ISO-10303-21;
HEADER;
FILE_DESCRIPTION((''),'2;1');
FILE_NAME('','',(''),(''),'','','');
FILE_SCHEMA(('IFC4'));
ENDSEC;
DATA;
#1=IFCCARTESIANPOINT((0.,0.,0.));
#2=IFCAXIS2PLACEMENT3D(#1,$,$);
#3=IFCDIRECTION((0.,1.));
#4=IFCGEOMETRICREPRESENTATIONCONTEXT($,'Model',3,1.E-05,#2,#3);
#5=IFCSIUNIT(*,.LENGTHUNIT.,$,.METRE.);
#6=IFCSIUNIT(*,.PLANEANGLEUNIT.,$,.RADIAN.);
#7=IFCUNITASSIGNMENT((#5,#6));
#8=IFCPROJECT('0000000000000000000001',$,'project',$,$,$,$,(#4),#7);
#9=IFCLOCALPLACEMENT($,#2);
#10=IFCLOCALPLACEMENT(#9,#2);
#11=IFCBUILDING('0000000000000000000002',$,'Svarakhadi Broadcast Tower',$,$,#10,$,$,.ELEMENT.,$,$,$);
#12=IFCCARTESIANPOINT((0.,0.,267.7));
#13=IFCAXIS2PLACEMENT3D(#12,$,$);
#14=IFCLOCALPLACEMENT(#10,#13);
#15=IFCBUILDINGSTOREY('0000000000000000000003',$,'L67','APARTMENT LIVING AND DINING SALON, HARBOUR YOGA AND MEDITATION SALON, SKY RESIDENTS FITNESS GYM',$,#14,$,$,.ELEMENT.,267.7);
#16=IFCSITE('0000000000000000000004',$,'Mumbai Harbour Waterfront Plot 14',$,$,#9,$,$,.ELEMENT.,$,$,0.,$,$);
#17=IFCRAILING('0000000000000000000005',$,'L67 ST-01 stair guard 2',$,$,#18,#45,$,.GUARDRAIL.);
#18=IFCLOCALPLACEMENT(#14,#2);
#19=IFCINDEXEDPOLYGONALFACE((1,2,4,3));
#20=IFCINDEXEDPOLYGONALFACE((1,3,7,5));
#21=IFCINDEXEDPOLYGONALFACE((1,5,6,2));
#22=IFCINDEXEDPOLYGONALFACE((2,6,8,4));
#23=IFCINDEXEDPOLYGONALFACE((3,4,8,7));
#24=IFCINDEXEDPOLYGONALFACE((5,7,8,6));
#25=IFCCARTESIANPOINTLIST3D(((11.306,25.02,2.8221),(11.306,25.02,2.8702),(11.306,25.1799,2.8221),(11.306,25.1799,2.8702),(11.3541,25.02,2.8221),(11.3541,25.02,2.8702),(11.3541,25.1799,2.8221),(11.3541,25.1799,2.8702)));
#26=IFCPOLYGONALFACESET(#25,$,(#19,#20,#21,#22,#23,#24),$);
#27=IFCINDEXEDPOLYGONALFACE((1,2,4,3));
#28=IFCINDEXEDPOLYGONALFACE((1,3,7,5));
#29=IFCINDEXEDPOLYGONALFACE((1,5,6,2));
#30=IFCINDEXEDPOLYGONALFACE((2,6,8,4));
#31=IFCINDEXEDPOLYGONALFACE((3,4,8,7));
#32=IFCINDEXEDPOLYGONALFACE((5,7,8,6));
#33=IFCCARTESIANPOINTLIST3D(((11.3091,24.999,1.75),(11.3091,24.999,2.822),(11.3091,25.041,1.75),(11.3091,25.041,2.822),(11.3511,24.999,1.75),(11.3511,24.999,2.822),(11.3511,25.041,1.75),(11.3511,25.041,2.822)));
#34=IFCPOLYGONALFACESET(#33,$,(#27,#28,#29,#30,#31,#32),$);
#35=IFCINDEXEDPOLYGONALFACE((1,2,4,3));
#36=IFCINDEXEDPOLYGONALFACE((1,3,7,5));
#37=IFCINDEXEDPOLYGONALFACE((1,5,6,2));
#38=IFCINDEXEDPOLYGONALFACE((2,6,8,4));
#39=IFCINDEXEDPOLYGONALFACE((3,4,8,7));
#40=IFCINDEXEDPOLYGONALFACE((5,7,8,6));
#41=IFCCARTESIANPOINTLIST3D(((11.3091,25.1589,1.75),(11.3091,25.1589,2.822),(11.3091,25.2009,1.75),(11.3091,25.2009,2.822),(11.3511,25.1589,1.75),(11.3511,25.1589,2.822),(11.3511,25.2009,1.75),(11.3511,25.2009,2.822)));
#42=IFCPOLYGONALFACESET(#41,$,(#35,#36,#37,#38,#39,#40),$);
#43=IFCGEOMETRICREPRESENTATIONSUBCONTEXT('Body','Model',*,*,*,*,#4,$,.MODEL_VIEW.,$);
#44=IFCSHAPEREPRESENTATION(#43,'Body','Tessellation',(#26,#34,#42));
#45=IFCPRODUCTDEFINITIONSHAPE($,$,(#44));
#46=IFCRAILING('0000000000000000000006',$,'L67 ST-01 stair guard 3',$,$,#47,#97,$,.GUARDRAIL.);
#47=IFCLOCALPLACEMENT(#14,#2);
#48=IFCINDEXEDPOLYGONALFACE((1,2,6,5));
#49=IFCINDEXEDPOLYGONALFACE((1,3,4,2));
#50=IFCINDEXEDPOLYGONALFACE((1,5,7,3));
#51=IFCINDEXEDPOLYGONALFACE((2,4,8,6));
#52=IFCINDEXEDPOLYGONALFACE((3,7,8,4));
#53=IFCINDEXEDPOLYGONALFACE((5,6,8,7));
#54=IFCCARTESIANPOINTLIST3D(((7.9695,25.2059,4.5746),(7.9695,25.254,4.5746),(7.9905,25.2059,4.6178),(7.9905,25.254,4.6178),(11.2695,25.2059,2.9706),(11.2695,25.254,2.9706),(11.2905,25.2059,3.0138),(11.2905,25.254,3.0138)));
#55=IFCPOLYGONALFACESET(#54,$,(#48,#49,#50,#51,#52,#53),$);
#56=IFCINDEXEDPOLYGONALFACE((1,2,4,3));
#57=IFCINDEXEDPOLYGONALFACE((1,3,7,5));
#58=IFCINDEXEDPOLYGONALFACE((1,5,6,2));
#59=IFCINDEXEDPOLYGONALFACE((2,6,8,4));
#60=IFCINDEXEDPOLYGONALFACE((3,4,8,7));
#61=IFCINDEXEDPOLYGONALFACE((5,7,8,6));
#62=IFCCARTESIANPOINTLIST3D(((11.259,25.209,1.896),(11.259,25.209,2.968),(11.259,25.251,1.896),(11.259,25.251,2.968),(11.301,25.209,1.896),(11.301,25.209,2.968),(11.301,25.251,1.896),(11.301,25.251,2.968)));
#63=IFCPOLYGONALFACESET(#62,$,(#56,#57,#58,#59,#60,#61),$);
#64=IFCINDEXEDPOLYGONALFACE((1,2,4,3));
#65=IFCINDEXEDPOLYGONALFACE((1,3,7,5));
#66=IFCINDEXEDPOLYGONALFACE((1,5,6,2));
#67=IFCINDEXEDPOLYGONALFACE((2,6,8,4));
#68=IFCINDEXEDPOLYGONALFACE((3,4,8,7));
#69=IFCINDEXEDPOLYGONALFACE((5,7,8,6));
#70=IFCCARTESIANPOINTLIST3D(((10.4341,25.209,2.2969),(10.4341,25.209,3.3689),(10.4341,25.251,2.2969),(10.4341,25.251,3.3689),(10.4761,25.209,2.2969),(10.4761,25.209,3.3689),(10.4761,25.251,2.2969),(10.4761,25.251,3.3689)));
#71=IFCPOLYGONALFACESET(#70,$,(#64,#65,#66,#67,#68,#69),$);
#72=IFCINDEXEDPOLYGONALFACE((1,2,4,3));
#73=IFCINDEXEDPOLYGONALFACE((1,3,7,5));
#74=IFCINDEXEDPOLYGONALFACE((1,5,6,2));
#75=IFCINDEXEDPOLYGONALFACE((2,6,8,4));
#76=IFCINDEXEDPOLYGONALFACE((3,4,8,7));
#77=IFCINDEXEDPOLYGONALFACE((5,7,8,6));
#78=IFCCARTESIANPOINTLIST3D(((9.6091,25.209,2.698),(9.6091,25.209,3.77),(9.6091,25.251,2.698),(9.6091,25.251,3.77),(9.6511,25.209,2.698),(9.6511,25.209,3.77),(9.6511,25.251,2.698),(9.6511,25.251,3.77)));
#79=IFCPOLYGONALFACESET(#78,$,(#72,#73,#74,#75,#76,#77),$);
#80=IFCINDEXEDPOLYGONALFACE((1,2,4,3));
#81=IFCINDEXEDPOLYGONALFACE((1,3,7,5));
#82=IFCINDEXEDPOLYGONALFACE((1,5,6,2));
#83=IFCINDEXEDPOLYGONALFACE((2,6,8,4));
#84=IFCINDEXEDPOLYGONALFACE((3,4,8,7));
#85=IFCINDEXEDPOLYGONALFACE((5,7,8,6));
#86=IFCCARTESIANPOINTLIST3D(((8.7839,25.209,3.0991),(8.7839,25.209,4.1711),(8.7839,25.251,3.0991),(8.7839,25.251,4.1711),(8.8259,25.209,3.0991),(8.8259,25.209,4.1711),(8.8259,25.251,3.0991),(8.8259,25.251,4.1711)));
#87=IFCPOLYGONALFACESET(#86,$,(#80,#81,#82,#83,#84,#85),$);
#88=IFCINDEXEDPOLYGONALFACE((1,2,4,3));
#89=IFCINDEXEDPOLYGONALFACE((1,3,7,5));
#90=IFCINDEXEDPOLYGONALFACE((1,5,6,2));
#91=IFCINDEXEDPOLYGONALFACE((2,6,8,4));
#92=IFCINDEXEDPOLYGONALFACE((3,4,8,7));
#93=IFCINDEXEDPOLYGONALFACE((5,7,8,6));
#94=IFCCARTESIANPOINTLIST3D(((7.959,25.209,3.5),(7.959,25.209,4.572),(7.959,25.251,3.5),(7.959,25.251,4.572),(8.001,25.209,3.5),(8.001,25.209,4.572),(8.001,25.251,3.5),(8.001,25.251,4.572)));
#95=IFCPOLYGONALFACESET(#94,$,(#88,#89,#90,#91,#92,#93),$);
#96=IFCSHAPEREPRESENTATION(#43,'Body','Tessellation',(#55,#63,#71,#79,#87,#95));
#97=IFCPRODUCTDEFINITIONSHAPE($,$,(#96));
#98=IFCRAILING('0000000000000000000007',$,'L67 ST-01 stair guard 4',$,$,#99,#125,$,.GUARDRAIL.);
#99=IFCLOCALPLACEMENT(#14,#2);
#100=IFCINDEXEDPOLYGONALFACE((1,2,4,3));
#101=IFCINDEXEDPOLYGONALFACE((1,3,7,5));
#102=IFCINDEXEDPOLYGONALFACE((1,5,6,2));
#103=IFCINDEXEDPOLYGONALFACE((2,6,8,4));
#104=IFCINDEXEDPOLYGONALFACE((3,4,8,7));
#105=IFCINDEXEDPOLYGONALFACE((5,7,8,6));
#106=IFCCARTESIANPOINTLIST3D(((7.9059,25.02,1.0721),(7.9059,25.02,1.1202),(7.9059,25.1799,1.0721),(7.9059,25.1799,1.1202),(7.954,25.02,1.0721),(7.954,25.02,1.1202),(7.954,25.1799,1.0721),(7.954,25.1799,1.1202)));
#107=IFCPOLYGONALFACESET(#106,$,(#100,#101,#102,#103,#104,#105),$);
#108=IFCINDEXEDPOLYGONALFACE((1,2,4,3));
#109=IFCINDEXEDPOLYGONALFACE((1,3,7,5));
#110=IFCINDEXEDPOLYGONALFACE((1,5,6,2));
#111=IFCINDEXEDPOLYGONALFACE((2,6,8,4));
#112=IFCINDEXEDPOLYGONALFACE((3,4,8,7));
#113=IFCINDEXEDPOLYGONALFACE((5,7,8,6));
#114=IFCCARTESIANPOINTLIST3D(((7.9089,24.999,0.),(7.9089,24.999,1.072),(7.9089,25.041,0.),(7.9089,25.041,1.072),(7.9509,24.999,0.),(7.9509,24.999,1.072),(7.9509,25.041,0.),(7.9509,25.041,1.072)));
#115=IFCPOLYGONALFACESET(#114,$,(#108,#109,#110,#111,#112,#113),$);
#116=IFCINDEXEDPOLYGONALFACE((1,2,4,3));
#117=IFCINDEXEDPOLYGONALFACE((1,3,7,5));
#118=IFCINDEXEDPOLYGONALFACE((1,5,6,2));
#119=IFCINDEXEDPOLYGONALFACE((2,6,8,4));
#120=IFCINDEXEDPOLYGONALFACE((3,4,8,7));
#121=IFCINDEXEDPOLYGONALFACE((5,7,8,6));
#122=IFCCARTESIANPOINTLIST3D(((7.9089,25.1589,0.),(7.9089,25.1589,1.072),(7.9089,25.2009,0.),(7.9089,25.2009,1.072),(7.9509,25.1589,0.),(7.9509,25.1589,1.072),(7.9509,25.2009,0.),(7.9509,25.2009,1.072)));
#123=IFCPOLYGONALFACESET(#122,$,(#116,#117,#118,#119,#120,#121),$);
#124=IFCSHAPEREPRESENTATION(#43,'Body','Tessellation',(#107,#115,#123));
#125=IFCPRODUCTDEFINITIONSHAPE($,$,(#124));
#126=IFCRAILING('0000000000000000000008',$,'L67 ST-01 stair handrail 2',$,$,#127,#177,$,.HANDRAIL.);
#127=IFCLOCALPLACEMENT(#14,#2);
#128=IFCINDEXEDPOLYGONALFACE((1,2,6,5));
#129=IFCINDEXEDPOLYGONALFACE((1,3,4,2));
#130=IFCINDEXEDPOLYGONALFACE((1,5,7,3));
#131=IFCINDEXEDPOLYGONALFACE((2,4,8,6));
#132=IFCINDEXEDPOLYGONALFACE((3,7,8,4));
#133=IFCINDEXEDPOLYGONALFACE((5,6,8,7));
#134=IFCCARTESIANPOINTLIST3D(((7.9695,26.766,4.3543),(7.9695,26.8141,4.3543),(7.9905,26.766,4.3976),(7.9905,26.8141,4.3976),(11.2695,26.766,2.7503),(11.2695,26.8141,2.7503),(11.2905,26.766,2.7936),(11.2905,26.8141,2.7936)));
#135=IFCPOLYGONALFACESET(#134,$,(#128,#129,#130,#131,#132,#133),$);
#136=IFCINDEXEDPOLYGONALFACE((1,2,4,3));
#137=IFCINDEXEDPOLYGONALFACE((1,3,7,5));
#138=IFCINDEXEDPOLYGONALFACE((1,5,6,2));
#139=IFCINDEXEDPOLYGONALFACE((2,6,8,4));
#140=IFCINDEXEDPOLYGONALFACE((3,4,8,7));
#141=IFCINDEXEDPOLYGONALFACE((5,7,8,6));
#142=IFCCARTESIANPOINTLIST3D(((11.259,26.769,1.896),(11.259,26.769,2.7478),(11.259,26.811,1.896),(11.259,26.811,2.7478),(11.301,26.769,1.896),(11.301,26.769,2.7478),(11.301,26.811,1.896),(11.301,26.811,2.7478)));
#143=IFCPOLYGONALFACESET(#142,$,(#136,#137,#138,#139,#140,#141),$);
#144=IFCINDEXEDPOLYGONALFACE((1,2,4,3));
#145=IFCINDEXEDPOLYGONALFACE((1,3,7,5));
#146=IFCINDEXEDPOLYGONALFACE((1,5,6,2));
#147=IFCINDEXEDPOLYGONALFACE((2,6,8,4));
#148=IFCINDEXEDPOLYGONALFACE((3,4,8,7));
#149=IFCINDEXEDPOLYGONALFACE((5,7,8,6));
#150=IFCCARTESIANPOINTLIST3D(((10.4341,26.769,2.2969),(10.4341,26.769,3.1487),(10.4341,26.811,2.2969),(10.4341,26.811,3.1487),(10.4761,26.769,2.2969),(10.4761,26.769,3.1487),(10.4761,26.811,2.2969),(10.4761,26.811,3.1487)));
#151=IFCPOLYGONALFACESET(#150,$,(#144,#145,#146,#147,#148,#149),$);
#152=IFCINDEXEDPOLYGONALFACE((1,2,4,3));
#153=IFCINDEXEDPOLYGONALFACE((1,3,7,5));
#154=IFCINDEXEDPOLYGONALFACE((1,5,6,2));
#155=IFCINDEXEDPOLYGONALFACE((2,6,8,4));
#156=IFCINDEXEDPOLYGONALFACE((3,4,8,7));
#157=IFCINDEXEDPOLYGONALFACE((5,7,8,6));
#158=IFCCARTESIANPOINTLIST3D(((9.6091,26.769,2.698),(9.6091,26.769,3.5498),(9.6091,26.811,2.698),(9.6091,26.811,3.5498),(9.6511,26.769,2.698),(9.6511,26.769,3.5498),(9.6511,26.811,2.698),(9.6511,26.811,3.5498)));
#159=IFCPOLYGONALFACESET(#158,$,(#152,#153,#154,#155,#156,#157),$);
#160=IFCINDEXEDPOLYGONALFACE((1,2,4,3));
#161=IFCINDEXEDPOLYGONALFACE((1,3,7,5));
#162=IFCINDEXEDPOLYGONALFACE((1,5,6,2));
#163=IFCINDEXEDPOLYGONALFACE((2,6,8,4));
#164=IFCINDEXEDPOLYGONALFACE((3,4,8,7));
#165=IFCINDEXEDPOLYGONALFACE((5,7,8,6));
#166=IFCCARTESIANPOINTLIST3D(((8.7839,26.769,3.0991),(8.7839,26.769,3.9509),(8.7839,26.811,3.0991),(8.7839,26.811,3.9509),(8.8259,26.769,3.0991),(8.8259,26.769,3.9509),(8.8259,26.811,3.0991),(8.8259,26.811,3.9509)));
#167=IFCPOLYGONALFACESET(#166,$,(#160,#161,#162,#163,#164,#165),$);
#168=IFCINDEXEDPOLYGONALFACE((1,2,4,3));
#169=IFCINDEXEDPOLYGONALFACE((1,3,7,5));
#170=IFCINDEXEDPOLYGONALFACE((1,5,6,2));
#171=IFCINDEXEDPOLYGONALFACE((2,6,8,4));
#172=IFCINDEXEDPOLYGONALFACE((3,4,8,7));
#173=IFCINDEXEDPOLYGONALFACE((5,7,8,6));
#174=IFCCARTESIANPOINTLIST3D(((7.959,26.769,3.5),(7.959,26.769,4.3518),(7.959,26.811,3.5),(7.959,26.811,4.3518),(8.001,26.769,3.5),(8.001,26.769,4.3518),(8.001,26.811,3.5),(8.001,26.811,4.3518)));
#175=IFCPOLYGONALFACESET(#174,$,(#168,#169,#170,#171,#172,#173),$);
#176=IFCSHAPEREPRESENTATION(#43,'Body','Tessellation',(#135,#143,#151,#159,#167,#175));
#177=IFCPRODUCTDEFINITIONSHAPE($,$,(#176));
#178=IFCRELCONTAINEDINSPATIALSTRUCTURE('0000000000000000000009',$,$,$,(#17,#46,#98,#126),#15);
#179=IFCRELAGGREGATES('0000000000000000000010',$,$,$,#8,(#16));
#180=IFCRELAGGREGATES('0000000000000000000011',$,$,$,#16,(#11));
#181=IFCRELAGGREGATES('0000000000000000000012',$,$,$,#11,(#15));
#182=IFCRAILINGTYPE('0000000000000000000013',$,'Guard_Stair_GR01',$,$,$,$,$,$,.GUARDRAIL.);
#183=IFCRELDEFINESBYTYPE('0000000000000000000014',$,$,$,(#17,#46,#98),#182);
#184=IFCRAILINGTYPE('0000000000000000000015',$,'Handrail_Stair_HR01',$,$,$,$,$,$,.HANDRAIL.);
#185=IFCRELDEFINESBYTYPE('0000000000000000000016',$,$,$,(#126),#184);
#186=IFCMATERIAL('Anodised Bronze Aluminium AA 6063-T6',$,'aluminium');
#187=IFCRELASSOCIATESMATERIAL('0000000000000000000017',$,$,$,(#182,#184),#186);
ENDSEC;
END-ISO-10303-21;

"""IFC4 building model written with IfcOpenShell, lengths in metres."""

from ifc_helpers import new_model, si_unit, direction, frame, origin, origin_2d, place, context, subcontext, project, spatial, rectangle, extrude, material, type_object, element, save


model = new_model("IFC4")

# Units and contexts
model_context = context("Model", 3, precision=1e-05, world=origin(), true_north=direction((0.0, 1.0)))
body_context = subcontext(model_context, "Body", "Model", "MODEL_VIEW")
ifc_project = project(units=[si_unit("LENGTHUNIT", "METRE"), si_unit("PLANEANGLEUNIT", "RADIAN")], contexts=[model_context])

# Site, building, storey
site_placement = place(None, origin())
site = spatial("IfcSite", under=ifc_project, at=site_placement, Name="Mumbai Harbour Waterfront Plot 14", CompositionType="ELEMENT", RefElevation=0.0)
building_placement = place(site_placement, origin())
building = spatial("IfcBuilding", under=site, at=building_placement, Name="Svarakhadi Broadcast Tower", CompositionType="ELEMENT")
storey_placement = place(building_placement, frame((0.0, 0.0, 267.7)))
storey = spatial("IfcBuildingStorey", under=building, at=storey_placement, Name="L67", Description="APARTMENT LIVING AND DINING SALON, HARBOUR YOGA AND MEDITATION SALON, SKY RESIDENTS FITNESS GYM", CompositionType="ELEMENT", Elevation=267.7)

# Shared definitions
ifc_material_1 = material(Name="Anodised Bronze Aluminium AA 6063-T6", Category="aluminium")

# Railings
railing_type_1 = type_object("IfcRailingType", Name="Guard_Stair_GR01", PredefinedType="GUARDRAIL", material=ifc_material_1)
railing_1_placement = place(storey_placement, frame((11.3301, 25.02, 1.75)))
element("IfcRailing", 1, at=railing_1_placement, inside=storey, type_object=railing_type_1, Name="L67 ST-01 stair guard 2", PredefinedType="GUARDRAIL", context=body_context, shape_type="SweptSolid", body=[
    extrude(rectangle(XDim=0.0481, YDim=0.0481, at=origin_2d()), frame((0.0, 0.0, 1.0962), z_axis=(0.0, 1.0, 0.0), x_axis=(-1.0, 0.0, 0.0)), (0.0, 0.0, 1.0), 0.1599),
    extrude(rectangle(XDim=0.042, YDim=0.042, at=origin_2d()), origin(), (0.0, 0.0, 1.0), 1.072),
    extrude(rectangle(XDim=0.042, YDim=0.042, at=origin_2d()), frame((0.0, 0.1599, 0.0)), (0.0, 0.0, 1.0), 1.072),
])
railing_2_placement = place(storey_placement, frame((11.28, 25.23, 1.896)))
element("IfcRailing", 2, at=railing_2_placement, inside=storey, type_object=railing_type_1, Name="L67 ST-01 stair guard 3", PredefinedType="GUARDRAIL", context=body_context, shape_type="SweptSolid", body=[
    extrude(rectangle(XDim=0.0481, YDim=0.0481, at=origin_2d()), frame((0.0, 0.0, 1.0962), z_axis=(-0.899388, 0.0, 0.437152), x_axis=(0.0, -1.0, 0.0)), (0.0, 0.0, 1.0), 3.6692),
    extrude(rectangle(XDim=0.042, YDim=0.042, at=origin_2d()), origin(), (0.0, 0.0, 1.0), 1.072),
    extrude(rectangle(XDim=0.042, YDim=0.042, at=origin_2d()), frame((-0.825, 0.0, 0.4009)), (0.0, 0.0, 1.0), 1.072),
    extrude(rectangle(XDim=0.042, YDim=0.042, at=origin_2d()), frame((-1.6499, 0.0, 0.802)), (0.0, 0.0, 1.0), 1.072),
    extrude(rectangle(XDim=0.042, YDim=0.042, at=origin_2d()), frame((-2.4751, 0.0, 1.2031)), (0.0, 0.0, 1.0), 1.072),
    extrude(rectangle(XDim=0.042, YDim=0.042, at=origin_2d()), frame((-3.3, 0.0, 1.604)), (0.0, 0.0, 1.0), 1.072),
])
railing_3_placement = place(storey_placement, frame((7.9299, 25.02, 0.0)))
element("IfcRailing", 3, at=railing_3_placement, inside=storey, type_object=railing_type_1, Name="L67 ST-01 stair guard 4", PredefinedType="GUARDRAIL", context=body_context, shape_type="SweptSolid", body=[
    extrude(rectangle(XDim=0.0481, YDim=0.0481, at=origin_2d()), frame((0.0, 0.0, 1.0962), z_axis=(0.0, 1.0, 0.0), x_axis=(-1.0, 0.0, 0.0)), (0.0, 0.0, 1.0), 0.1599),
    extrude(rectangle(XDim=0.042, YDim=0.042, at=origin_2d()), origin(), (0.0, 0.0, 1.0), 1.072),
    extrude(rectangle(XDim=0.042, YDim=0.042, at=origin_2d()), frame((0.0, 0.1599, 0.0)), (0.0, 0.0, 1.0), 1.072),
])
railing_type_2 = type_object("IfcRailingType", Name="Handrail_Stair_HR01", PredefinedType="HANDRAIL", material=ifc_material_1)
railing_4_placement = place(storey_placement, frame((11.28, 26.79, 1.896)))
element("IfcRailing", 4, at=railing_4_placement, inside=storey, type_object=railing_type_2, Name="L67 ST-01 stair handrail 2", PredefinedType="HANDRAIL", context=body_context, shape_type="SweptSolid", body=[
    extrude(rectangle(XDim=0.0481, YDim=0.0481, at=origin_2d()), frame((0.0, 0.0, 0.876), z_axis=(-0.899388, 0.0, 0.437152), x_axis=(0.0, -1.0, 0.0)), (0.0, 0.0, 1.0), 3.6692),
    extrude(rectangle(XDim=0.042, YDim=0.042, at=origin_2d()), origin(), (0.0, 0.0, 1.0), 0.8518),
    extrude(rectangle(XDim=0.042, YDim=0.042, at=origin_2d()), frame((-0.825, 0.0, 0.4009)), (0.0, 0.0, 1.0), 0.8518),
    extrude(rectangle(XDim=0.042, YDim=0.042, at=origin_2d()), frame((-1.6499, 0.0, 0.802)), (0.0, 0.0, 1.0), 0.8518),
    extrude(rectangle(XDim=0.042, YDim=0.042, at=origin_2d()), frame((-2.4751, 0.0, 1.2031)), (0.0, 0.0, 1.0), 0.8518),
    extrude(rectangle(XDim=0.042, YDim=0.042, at=origin_2d()), frame((-3.3, 0.0, 1.604)), (0.0, 0.0, 1.0), 0.8518),
])

save(model, "model.ifc")
